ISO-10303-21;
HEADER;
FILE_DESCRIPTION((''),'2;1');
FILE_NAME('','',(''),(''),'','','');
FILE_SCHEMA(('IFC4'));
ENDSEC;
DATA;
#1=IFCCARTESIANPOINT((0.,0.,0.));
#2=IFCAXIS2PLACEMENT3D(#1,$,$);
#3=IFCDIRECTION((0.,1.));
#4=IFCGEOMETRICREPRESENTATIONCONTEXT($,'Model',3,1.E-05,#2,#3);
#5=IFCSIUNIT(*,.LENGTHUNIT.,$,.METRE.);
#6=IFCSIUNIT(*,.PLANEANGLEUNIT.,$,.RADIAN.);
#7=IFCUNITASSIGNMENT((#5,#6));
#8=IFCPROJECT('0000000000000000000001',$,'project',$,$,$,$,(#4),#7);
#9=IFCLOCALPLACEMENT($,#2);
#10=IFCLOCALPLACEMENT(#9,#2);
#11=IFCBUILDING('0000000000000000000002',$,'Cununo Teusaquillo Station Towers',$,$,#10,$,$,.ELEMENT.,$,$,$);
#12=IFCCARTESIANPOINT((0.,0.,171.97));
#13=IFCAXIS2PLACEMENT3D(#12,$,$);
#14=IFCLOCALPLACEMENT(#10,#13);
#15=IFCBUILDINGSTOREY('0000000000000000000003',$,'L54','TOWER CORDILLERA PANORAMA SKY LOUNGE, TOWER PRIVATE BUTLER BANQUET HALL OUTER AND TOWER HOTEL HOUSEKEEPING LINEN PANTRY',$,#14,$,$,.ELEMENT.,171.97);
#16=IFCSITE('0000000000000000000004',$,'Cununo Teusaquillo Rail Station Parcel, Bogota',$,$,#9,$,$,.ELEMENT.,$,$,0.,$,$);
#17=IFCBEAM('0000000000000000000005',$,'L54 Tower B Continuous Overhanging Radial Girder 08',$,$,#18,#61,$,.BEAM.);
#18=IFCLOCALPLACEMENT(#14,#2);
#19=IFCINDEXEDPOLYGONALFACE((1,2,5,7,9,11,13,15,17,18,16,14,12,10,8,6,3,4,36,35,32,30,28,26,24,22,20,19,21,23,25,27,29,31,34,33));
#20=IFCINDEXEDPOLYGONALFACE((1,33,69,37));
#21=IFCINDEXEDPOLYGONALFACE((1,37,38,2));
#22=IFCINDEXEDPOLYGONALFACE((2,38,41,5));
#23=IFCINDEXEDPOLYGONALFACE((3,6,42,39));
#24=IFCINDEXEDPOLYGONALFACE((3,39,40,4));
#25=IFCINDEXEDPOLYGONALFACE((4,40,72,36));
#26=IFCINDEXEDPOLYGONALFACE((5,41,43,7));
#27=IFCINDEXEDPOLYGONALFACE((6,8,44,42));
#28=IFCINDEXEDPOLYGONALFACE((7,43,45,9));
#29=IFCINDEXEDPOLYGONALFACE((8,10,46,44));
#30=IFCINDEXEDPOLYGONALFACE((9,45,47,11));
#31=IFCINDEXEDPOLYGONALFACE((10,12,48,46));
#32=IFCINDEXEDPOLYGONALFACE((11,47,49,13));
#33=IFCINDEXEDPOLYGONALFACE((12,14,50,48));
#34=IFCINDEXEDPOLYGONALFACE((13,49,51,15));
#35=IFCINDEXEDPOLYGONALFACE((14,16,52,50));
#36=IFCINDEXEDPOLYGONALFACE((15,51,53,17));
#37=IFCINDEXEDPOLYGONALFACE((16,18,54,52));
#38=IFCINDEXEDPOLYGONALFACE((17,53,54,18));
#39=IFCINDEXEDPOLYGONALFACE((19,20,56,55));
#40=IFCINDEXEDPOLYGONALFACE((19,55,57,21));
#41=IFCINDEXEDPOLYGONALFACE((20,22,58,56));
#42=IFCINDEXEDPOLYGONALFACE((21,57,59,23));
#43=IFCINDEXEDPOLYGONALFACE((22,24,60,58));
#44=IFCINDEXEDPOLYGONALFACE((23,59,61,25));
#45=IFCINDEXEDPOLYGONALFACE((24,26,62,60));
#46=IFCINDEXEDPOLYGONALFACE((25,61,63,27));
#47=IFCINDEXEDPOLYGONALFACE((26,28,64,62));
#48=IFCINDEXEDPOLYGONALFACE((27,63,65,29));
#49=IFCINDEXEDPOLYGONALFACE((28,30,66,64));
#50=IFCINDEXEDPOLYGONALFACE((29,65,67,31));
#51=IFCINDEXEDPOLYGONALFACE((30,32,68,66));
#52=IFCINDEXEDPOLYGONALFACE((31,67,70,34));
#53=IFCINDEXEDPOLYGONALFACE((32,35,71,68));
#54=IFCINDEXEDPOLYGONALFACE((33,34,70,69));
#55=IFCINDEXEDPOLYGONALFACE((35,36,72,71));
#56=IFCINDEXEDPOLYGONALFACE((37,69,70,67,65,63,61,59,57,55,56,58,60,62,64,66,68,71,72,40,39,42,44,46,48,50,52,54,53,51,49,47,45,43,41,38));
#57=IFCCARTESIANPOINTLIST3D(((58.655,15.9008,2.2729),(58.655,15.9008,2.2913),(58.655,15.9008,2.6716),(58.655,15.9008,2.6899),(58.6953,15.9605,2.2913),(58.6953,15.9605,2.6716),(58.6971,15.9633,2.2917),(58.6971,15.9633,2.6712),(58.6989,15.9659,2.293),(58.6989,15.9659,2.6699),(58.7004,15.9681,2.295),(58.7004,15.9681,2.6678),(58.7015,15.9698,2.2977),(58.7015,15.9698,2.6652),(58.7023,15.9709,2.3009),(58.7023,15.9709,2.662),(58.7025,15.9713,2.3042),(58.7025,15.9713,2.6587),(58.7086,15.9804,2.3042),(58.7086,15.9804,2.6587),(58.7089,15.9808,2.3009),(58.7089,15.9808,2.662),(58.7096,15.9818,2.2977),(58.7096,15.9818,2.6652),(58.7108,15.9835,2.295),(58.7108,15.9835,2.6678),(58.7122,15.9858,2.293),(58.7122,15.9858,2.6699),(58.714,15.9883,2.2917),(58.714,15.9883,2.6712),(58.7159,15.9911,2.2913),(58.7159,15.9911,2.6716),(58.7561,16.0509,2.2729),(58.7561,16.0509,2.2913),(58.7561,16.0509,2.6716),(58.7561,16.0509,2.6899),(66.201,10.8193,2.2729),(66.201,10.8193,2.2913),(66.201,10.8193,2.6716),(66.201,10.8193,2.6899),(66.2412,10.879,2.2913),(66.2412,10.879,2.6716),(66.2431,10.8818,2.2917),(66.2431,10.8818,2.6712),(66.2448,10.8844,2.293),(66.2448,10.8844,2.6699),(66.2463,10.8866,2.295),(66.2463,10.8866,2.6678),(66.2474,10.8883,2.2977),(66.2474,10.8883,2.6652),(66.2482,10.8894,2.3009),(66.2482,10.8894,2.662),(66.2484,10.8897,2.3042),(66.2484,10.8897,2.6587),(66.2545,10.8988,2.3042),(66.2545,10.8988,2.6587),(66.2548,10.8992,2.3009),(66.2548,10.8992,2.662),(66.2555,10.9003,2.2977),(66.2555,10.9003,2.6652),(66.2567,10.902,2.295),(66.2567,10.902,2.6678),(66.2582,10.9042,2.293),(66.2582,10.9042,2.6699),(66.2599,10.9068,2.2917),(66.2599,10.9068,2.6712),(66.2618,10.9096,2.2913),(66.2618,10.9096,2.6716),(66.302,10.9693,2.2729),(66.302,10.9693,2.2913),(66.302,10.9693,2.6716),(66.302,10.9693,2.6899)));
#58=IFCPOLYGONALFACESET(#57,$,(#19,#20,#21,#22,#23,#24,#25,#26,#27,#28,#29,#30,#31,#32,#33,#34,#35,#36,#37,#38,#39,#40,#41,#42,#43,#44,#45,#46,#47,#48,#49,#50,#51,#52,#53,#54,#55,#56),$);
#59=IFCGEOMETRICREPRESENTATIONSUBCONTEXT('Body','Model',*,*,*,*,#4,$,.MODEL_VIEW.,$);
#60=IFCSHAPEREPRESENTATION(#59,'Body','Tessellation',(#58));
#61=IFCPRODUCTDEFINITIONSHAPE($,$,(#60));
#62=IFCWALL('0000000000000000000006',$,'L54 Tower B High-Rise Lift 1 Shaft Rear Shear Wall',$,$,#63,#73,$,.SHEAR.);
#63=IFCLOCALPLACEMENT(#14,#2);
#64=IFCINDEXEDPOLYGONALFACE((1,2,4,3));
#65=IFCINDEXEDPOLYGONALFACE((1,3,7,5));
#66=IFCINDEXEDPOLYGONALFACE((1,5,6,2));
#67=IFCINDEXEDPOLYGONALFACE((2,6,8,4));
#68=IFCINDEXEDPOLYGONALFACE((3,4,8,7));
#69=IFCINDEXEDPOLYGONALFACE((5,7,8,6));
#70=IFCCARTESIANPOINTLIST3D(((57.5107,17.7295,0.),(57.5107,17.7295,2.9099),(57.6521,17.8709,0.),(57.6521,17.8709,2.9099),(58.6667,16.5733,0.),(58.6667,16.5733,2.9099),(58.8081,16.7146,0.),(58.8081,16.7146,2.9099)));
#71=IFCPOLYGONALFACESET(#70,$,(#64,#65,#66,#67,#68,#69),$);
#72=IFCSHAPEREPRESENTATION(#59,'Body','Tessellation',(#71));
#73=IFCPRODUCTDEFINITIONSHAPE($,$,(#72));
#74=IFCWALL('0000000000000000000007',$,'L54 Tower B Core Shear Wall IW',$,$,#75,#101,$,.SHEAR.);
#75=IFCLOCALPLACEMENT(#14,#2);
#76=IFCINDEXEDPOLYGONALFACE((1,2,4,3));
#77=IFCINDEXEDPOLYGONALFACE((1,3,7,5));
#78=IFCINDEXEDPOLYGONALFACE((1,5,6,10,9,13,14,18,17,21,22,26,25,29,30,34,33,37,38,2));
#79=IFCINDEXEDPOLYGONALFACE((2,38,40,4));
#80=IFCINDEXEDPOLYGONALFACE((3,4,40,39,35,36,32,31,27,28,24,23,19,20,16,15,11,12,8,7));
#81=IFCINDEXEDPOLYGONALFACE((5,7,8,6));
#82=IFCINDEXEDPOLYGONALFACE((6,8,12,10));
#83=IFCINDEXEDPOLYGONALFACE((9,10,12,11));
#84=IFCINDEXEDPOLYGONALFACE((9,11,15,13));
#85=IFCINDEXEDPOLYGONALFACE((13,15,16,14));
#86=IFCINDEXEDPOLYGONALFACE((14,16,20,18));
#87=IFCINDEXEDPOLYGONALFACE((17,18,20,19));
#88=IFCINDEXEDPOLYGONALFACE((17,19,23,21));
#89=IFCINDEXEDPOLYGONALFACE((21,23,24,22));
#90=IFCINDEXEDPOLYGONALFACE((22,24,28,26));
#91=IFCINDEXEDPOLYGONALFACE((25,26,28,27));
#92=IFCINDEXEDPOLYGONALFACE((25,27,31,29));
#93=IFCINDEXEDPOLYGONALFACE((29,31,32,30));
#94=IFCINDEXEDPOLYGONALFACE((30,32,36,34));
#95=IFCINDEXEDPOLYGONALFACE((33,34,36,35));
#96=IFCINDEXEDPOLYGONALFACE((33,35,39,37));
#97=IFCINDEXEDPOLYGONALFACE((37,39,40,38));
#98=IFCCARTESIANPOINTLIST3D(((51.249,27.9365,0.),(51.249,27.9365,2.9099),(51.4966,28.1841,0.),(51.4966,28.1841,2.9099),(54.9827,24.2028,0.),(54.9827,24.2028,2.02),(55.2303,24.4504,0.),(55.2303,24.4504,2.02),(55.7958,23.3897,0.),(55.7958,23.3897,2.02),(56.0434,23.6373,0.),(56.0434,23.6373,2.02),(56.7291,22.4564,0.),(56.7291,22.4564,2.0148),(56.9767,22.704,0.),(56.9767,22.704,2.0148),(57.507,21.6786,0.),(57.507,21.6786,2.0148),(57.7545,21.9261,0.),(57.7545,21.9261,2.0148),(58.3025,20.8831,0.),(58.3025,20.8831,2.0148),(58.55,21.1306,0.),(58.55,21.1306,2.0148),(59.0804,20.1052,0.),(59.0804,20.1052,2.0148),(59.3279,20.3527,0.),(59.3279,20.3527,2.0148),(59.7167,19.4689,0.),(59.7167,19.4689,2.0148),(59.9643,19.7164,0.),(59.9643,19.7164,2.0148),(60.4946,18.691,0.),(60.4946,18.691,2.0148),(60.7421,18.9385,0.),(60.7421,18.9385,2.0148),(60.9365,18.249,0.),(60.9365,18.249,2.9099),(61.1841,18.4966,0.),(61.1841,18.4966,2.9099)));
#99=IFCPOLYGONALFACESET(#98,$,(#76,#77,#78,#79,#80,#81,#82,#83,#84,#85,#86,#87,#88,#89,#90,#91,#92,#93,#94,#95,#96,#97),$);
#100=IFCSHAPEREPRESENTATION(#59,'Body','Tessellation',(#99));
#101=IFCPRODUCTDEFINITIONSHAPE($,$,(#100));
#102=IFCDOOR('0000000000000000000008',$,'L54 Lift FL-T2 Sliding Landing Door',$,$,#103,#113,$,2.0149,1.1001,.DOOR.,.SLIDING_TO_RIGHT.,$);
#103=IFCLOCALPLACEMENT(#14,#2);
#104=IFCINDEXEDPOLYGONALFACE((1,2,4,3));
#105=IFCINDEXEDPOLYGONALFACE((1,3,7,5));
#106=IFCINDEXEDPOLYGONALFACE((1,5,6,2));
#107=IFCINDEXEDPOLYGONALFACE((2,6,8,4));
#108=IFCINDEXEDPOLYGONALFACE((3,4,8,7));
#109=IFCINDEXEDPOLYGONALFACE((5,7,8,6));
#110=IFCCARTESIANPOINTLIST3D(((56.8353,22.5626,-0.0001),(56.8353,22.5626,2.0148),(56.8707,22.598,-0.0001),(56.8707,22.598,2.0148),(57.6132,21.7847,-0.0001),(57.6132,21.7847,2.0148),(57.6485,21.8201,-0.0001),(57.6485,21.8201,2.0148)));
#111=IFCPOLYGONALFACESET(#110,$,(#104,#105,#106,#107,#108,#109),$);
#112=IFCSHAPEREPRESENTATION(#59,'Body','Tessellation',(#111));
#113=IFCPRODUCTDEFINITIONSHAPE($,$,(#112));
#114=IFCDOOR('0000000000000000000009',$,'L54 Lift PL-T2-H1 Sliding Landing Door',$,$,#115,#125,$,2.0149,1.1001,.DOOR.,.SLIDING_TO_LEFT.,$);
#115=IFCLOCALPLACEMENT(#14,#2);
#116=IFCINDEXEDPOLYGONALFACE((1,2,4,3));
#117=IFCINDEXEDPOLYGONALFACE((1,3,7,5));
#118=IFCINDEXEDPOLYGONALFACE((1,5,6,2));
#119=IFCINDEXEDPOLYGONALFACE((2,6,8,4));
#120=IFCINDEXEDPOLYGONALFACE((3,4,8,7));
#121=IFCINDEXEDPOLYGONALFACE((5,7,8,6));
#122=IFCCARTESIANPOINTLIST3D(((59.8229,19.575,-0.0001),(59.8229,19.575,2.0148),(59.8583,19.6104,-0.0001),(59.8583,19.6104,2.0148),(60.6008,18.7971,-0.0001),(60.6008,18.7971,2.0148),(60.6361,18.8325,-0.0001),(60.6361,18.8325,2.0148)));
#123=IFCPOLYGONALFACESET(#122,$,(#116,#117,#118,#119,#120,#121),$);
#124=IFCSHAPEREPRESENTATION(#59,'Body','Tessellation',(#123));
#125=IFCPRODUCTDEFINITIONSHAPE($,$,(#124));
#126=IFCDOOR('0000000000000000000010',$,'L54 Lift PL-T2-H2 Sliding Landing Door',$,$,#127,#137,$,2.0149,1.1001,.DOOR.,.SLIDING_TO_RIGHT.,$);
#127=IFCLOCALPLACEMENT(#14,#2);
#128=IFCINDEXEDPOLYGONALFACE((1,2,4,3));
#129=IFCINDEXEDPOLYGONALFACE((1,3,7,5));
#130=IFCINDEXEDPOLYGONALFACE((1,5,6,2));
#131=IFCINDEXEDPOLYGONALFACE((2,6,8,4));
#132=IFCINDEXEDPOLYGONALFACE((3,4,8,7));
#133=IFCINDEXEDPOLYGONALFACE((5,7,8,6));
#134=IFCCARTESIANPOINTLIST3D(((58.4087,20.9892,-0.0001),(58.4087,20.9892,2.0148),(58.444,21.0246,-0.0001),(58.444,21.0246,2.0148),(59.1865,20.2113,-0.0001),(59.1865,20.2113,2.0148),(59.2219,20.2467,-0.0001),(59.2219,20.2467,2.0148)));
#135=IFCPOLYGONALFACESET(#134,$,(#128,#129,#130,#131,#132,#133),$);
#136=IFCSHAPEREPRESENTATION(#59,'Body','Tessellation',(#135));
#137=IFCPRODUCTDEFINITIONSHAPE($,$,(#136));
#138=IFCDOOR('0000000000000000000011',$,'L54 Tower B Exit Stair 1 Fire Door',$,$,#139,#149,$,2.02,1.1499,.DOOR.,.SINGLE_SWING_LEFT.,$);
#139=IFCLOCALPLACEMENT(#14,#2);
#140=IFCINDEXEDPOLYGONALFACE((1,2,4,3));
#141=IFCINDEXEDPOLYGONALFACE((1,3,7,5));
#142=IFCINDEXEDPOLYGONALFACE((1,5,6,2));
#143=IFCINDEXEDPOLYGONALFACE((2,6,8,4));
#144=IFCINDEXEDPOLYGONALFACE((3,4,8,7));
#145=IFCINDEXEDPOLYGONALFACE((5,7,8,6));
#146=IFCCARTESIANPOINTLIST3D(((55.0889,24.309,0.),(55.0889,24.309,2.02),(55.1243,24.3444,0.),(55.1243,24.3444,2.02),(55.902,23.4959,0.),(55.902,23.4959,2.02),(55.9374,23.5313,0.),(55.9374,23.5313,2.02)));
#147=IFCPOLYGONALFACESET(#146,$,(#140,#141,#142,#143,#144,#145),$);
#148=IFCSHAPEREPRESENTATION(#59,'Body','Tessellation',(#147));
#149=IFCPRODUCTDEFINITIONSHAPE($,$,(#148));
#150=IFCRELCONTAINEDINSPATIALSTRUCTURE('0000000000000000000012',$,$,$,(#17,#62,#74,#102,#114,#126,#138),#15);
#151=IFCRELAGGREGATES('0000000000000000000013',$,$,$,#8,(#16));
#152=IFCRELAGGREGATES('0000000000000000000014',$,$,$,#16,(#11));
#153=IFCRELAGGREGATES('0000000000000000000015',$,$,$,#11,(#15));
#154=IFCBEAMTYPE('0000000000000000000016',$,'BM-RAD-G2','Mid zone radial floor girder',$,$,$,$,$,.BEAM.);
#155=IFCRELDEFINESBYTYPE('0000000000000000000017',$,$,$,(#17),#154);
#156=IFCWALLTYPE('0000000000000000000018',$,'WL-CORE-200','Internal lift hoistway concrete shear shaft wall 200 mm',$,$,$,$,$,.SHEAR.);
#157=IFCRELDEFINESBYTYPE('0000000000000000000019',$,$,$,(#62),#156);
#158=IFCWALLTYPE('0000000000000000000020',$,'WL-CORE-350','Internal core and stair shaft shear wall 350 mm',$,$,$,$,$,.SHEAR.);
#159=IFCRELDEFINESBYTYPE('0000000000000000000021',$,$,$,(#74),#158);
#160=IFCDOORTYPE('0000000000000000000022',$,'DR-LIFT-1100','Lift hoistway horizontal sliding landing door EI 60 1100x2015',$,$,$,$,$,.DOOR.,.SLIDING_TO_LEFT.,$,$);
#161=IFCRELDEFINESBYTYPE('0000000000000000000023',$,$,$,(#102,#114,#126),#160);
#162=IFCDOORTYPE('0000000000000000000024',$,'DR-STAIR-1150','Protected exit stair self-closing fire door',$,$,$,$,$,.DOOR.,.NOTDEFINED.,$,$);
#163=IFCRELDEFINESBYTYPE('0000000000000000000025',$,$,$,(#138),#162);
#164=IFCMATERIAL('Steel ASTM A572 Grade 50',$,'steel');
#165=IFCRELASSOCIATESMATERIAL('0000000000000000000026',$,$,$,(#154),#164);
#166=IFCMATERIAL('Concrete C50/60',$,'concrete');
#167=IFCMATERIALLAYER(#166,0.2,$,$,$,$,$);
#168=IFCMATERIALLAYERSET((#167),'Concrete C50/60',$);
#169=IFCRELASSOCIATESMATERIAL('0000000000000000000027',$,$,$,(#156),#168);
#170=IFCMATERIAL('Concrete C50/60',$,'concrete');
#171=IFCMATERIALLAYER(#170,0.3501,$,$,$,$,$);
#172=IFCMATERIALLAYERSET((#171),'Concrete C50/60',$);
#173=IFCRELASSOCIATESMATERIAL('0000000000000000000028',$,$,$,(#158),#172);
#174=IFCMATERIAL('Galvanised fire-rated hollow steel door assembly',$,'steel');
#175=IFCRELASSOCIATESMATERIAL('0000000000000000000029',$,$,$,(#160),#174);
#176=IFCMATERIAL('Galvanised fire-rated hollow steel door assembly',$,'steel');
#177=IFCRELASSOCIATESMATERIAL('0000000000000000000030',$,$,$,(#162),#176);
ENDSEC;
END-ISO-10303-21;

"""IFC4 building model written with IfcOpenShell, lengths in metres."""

from ifc_helpers import new_model, si_unit, direction, frame, frame_2d, origin, origin_2d, place, context, subcontext, project, spatial, rectangle, i_section, extrude, source, transform, mapped, material, layer, layer_set, material_profile, profile_set, type_object, element, fill, save


model = new_model("IFC4")

# Units and contexts
model_context = context("Model", 3, precision=1e-05, world=origin(), true_north=direction((0.0, 1.0)))
body_context = subcontext(model_context, "Body", "Model", "MODEL_VIEW")
ifc_project = project(units=[si_unit("LENGTHUNIT", "METRE"), si_unit("PLANEANGLEUNIT", "RADIAN")], contexts=[model_context])

# Site, building, storey
site_placement = place(None, origin())
site = spatial("IfcSite", under=ifc_project, at=site_placement, Name="Cununo Teusaquillo Rail Station Parcel, Bogota", CompositionType="ELEMENT", RefElevation=0.0)
building_placement = place(site_placement, origin())
building = spatial("IfcBuilding", under=site, at=building_placement, Name="Cununo Teusaquillo Station Towers", CompositionType="ELEMENT")
storey_placement = place(building_placement, frame((0.0, 0.0, 171.97)))
storey = spatial("IfcBuildingStorey", under=building, at=storey_placement, Name="L54", Description="TOWER CORDILLERA PANORAMA SKY LOUNGE, TOWER PRIVATE BUTLER BANQUET HALL OUTER AND TOWER HOTEL HOUSEKEEPING LINEN PANTRY", CompositionType="ELEMENT", Elevation=171.97)

# Beam
ifc_material_1 = material(Name="Steel ASTM A572 Grade 50", Category="steel")
ifc_material_profile_1 = material_profile(ifc_material_1, i_section(OverallWidth=0.1809, OverallDepth=0.417, WebThickness=0.011, FlangeThickness=0.0183, FilletRadius=0.0129, at=origin_2d()), Name="W16X57")
ifc_profile_set_1 = profile_set([ifc_material_profile_1], Name="Steel ASTM A572 Grade 50")
beam_type_1 = type_object("IfcBeamType", Name="BM-RAD-G2", Description="Mid zone radial floor girder", PredefinedType="BEAM", material=ifc_profile_set_1)
beam_1_placement = place(storey_placement, frame((58.7056, 15.9758, 2.4814), z_axis=(0.829457, -0.558571, 0.0), x_axis=(0.558571, 0.829457, 0.0)))
element("IfcBeam", 1, at=beam_1_placement, inside=storey, type_object=beam_type_1, Name="L54 Tower B Continuous Overhanging Radial Girder 08", PredefinedType="BEAM", context=body_context, shape_type="SweptSolid", body=[
    extrude(i_section(OverallWidth=0.1809, OverallDepth=0.417, WebThickness=0.011, FlangeThickness=0.0183, FilletRadius=0.0129, at=origin_2d()), origin(), (0.0, 0.0, 1.0), 9.0974),
])

# Wall
ifc_material_2 = material(Name="Concrete C50/60", Category="concrete")
ifc_layer_1 = layer(ifc_material_2, 0.2)
ifc_layer_set_1 = layer_set([ifc_layer_1], Name="Concrete C50/60")
wall_type_1 = type_object("IfcWallType", Name="WL-CORE-200", Description="Internal lift hoistway concrete shear shaft wall 200 mm", PredefinedType="SHEAR", material=ifc_layer_set_1)
wall_1_placement = place(storey_placement, frame((58.7373, 16.644, 0.0), z_axis=(0.0, 0.0, 1.0), x_axis=(-0.707032, 0.707181, 0.0)))
element("IfcWall", 2, at=wall_1_placement, inside=storey, type_object=wall_type_1, Name="L54 Tower B High-Rise Lift 1 Shaft Rear Shear Wall", PredefinedType="SHEAR", context=body_context, shape_type="SweptSolid", body=[
    extrude(rectangle(XDim=1.635, YDim=0.2, at=frame_2d((0.8174, 0.0))), origin(), (0.0, 0.0, 1.0), 2.9099),
])

# Wall, openings, doors
ifc_material_3 = material(Name="Concrete C50/60", Category="concrete")
ifc_layer_2 = layer(ifc_material_3, 0.3501)
ifc_layer_set_2 = layer_set([ifc_layer_2], Name="Concrete C50/60")
wall_type_2 = type_object("IfcWallType", Name="WL-CORE-350", Description="Internal core and stair shaft shear wall 350 mm", PredefinedType="SHEAR", material=ifc_layer_set_2)
wall_2_placement = place(storey_placement, frame((61.0603, 18.3728, 0.0), z_axis=(0.0, 0.0, 1.0), x_axis=(-0.707107, 0.707107, 0.0)))
wall_2 = element("IfcWall", 3, at=wall_2_placement, inside=storey, type_object=wall_type_2, Name="L54 Tower B Core Shear Wall IW", PredefinedType="SHEAR", context=body_context, shape_type="SweptSolid", body=[
    extrude(rectangle(XDim=13.7002, YDim=0.3501, at=frame_2d((6.8501, 0.0))), origin(), (0.0, 0.0, 1.0), 2.9099),
])
shared_shape_1 = source(origin(), body_context, "Body", "SweptSolid", [
    extrude(rectangle(XDim=1.1001, YDim=2.0149, at=frame_2d((0.55, 1.0073))), frame((0.0, 0.1851, 0.0), z_axis=(0.0, -1.0, 0.0), x_axis=(1.0, 0.0, 0.0)), (0.0, 0.0, 1.0), 0.3701),
])
opening_1_placement = place(wall_2_placement, frame((4.8501, 0.0, 0.0)))
opening_1 = element("IfcOpeningElement", 4, at=opening_1_placement, cuts=wall_2, PredefinedType="OPENING", context=body_context, shape_type="MappedRepresentation", body=[
    mapped(shared_shape_1, transform((0.0, 0.0, 0.0), x_axis=(1.0, 0.0, 0.0), y_axis=(0.0, 1.0, 0.0), z_axis=(0.0, 0.0, 1.0), scale=1.0)),
])
opening_2_placement = place(wall_2_placement, frame((0.625, 0.0, 0.0)))
opening_2 = element("IfcOpeningElement", 5, at=opening_2_placement, cuts=wall_2, PredefinedType="OPENING", context=body_context, shape_type="MappedRepresentation", body=[
    mapped(shared_shape_1, transform((0.0, 0.0, 0.0), x_axis=(1.0, 0.0, 0.0), y_axis=(0.0, 1.0, 0.0), z_axis=(0.0, 0.0, 1.0), scale=1.0)),
])
opening_3_placement = place(wall_2_placement, frame((2.625, 0.0, 0.0)))
opening_3 = element("IfcOpeningElement", 6, at=opening_3_placement, cuts=wall_2, PredefinedType="OPENING", context=body_context, shape_type="MappedRepresentation", body=[
    mapped(shared_shape_1, transform((0.0, 0.0, 0.0), x_axis=(1.0, 0.0, 0.0), y_axis=(0.0, 1.0, 0.0), z_axis=(0.0, 0.0, 1.0), scale=1.0)),
])
shared_shape_2 = source(origin(), body_context, "Body", "SweptSolid", [
    extrude(rectangle(XDim=1.1499, YDim=2.02, at=frame_2d((0.575, 1.01))), frame((0.0, 0.1851, 0.0), z_axis=(0.0, -1.0, 0.0), x_axis=(1.0, 0.0, 0.0)), (0.0, 0.0, 1.0), 0.3701),
])
opening_4_placement = place(wall_2_placement, frame((7.27, 0.0, 0.0)))
opening_4 = element("IfcOpeningElement", 7, at=opening_4_placement, cuts=wall_2, PredefinedType="OPENING", context=body_context, shape_type="MappedRepresentation", body=[
    mapped(shared_shape_2, transform((0.0, 0.0, 0.0), x_axis=(1.0, 0.0, 0.0), y_axis=(0.0, 1.0, 0.0), z_axis=(0.0, 0.0, 1.0), scale=1.0)),
])
ifc_material_4 = material(Name="Galvanised fire-rated hollow steel door assembly", Category="steel")
door_type_1 = type_object("IfcDoorType", Name="DR-LIFT-1100", Description="Lift hoistway horizontal sliding landing door EI 60 1100x2015", OperationType="SLIDING_TO_LEFT", PredefinedType="DOOR", material=ifc_material_4)
shared_shape_3 = source(origin(), body_context, "Body", "SweptSolid", [
    extrude(rectangle(XDim=1.1001, YDim=2.0149, at=frame_2d((0.55, 1.0073))), frame((0.0, 0.0249, 0.0), z_axis=(0.0, -1.0, 0.0), x_axis=(1.0, 0.0, 0.0)), (0.0, 0.0, 1.0), 0.05),
])
door_1_placement = place(opening_1_placement, origin())
door_1 = element("IfcDoor", 8, at=door_1_placement, inside=storey, type_object=door_type_1, Name="L54 Lift FL-T2 Sliding Landing Door", OperationType="SLIDING_TO_RIGHT", OverallHeight=2.0149, OverallWidth=1.1001, PredefinedType="DOOR", context=body_context, shape_type="MappedRepresentation", body=[
    mapped(shared_shape_3, transform((0.0, 0.0, 0.0), x_axis=(1.0, 0.0, 0.0), y_axis=(0.0, 1.0, 0.0), z_axis=(0.0, 0.0, 1.0), scale=1.0)),
])
fill(opening_1, door_1)
door_2_placement = place(opening_2_placement, origin())
door_2 = element("IfcDoor", 9, at=door_2_placement, inside=storey, type_object=door_type_1, Name="L54 Lift PL-T2-H1 Sliding Landing Door", OperationType="SLIDING_TO_LEFT", OverallHeight=2.0149, OverallWidth=1.1001, PredefinedType="DOOR", context=body_context, shape_type="MappedRepresentation", body=[
    mapped(shared_shape_3, transform((0.0, 0.0, 0.0), x_axis=(1.0, 0.0, 0.0), y_axis=(0.0, 1.0, 0.0), z_axis=(0.0, 0.0, 1.0), scale=1.0)),
])
fill(opening_2, door_2)
door_3_placement = place(opening_3_placement, origin())
door_3 = element("IfcDoor", 10, at=door_3_placement, inside=storey, type_object=door_type_1, Name="L54 Lift PL-T2-H2 Sliding Landing Door", OperationType="SLIDING_TO_RIGHT", OverallHeight=2.0149, OverallWidth=1.1001, PredefinedType="DOOR", context=body_context, shape_type="MappedRepresentation", body=[
    mapped(shared_shape_3, transform((0.0, 0.0, 0.0), x_axis=(1.0, 0.0, 0.0), y_axis=(0.0, 1.0, 0.0), z_axis=(0.0, 0.0, 1.0), scale=1.0)),
])
fill(opening_3, door_3)
ifc_material_5 = material(Name="Galvanised fire-rated hollow steel door assembly", Category="steel")
door_type_2 = type_object("IfcDoorType", Name="DR-STAIR-1150", Description="Protected exit stair self-closing fire door", OperationType="NOTDEFINED", PredefinedType="DOOR", material=ifc_material_5)
shared_shape_4 = source(origin(), body_context, "Body", "SweptSolid", [
    extrude(rectangle(XDim=1.1499, YDim=2.02, at=frame_2d((0.575, 1.01))), frame((0.0, 0.0249, 0.0), z_axis=(0.0, -1.0, 0.0), x_axis=(1.0, 0.0, 0.0)), (0.0, 0.0, 1.0), 0.05),
])
door_4_placement = place(opening_4_placement, origin())
door_4 = element("IfcDoor", 11, at=door_4_placement, inside=storey, type_object=door_type_2, Name="L54 Tower B Exit Stair 1 Fire Door", OperationType="SINGLE_SWING_LEFT", OverallHeight=2.02, OverallWidth=1.1499, PredefinedType="DOOR", context=body_context, shape_type="MappedRepresentation", body=[
    mapped(shared_shape_4, transform((0.0, 0.0, 0.0), x_axis=(1.0, 0.0, 0.0), y_axis=(0.0, 1.0, 0.0), z_axis=(0.0, 0.0, 1.0), scale=1.0)),
])
fill(opening_4, door_4)

save(model, "model.ifc")
